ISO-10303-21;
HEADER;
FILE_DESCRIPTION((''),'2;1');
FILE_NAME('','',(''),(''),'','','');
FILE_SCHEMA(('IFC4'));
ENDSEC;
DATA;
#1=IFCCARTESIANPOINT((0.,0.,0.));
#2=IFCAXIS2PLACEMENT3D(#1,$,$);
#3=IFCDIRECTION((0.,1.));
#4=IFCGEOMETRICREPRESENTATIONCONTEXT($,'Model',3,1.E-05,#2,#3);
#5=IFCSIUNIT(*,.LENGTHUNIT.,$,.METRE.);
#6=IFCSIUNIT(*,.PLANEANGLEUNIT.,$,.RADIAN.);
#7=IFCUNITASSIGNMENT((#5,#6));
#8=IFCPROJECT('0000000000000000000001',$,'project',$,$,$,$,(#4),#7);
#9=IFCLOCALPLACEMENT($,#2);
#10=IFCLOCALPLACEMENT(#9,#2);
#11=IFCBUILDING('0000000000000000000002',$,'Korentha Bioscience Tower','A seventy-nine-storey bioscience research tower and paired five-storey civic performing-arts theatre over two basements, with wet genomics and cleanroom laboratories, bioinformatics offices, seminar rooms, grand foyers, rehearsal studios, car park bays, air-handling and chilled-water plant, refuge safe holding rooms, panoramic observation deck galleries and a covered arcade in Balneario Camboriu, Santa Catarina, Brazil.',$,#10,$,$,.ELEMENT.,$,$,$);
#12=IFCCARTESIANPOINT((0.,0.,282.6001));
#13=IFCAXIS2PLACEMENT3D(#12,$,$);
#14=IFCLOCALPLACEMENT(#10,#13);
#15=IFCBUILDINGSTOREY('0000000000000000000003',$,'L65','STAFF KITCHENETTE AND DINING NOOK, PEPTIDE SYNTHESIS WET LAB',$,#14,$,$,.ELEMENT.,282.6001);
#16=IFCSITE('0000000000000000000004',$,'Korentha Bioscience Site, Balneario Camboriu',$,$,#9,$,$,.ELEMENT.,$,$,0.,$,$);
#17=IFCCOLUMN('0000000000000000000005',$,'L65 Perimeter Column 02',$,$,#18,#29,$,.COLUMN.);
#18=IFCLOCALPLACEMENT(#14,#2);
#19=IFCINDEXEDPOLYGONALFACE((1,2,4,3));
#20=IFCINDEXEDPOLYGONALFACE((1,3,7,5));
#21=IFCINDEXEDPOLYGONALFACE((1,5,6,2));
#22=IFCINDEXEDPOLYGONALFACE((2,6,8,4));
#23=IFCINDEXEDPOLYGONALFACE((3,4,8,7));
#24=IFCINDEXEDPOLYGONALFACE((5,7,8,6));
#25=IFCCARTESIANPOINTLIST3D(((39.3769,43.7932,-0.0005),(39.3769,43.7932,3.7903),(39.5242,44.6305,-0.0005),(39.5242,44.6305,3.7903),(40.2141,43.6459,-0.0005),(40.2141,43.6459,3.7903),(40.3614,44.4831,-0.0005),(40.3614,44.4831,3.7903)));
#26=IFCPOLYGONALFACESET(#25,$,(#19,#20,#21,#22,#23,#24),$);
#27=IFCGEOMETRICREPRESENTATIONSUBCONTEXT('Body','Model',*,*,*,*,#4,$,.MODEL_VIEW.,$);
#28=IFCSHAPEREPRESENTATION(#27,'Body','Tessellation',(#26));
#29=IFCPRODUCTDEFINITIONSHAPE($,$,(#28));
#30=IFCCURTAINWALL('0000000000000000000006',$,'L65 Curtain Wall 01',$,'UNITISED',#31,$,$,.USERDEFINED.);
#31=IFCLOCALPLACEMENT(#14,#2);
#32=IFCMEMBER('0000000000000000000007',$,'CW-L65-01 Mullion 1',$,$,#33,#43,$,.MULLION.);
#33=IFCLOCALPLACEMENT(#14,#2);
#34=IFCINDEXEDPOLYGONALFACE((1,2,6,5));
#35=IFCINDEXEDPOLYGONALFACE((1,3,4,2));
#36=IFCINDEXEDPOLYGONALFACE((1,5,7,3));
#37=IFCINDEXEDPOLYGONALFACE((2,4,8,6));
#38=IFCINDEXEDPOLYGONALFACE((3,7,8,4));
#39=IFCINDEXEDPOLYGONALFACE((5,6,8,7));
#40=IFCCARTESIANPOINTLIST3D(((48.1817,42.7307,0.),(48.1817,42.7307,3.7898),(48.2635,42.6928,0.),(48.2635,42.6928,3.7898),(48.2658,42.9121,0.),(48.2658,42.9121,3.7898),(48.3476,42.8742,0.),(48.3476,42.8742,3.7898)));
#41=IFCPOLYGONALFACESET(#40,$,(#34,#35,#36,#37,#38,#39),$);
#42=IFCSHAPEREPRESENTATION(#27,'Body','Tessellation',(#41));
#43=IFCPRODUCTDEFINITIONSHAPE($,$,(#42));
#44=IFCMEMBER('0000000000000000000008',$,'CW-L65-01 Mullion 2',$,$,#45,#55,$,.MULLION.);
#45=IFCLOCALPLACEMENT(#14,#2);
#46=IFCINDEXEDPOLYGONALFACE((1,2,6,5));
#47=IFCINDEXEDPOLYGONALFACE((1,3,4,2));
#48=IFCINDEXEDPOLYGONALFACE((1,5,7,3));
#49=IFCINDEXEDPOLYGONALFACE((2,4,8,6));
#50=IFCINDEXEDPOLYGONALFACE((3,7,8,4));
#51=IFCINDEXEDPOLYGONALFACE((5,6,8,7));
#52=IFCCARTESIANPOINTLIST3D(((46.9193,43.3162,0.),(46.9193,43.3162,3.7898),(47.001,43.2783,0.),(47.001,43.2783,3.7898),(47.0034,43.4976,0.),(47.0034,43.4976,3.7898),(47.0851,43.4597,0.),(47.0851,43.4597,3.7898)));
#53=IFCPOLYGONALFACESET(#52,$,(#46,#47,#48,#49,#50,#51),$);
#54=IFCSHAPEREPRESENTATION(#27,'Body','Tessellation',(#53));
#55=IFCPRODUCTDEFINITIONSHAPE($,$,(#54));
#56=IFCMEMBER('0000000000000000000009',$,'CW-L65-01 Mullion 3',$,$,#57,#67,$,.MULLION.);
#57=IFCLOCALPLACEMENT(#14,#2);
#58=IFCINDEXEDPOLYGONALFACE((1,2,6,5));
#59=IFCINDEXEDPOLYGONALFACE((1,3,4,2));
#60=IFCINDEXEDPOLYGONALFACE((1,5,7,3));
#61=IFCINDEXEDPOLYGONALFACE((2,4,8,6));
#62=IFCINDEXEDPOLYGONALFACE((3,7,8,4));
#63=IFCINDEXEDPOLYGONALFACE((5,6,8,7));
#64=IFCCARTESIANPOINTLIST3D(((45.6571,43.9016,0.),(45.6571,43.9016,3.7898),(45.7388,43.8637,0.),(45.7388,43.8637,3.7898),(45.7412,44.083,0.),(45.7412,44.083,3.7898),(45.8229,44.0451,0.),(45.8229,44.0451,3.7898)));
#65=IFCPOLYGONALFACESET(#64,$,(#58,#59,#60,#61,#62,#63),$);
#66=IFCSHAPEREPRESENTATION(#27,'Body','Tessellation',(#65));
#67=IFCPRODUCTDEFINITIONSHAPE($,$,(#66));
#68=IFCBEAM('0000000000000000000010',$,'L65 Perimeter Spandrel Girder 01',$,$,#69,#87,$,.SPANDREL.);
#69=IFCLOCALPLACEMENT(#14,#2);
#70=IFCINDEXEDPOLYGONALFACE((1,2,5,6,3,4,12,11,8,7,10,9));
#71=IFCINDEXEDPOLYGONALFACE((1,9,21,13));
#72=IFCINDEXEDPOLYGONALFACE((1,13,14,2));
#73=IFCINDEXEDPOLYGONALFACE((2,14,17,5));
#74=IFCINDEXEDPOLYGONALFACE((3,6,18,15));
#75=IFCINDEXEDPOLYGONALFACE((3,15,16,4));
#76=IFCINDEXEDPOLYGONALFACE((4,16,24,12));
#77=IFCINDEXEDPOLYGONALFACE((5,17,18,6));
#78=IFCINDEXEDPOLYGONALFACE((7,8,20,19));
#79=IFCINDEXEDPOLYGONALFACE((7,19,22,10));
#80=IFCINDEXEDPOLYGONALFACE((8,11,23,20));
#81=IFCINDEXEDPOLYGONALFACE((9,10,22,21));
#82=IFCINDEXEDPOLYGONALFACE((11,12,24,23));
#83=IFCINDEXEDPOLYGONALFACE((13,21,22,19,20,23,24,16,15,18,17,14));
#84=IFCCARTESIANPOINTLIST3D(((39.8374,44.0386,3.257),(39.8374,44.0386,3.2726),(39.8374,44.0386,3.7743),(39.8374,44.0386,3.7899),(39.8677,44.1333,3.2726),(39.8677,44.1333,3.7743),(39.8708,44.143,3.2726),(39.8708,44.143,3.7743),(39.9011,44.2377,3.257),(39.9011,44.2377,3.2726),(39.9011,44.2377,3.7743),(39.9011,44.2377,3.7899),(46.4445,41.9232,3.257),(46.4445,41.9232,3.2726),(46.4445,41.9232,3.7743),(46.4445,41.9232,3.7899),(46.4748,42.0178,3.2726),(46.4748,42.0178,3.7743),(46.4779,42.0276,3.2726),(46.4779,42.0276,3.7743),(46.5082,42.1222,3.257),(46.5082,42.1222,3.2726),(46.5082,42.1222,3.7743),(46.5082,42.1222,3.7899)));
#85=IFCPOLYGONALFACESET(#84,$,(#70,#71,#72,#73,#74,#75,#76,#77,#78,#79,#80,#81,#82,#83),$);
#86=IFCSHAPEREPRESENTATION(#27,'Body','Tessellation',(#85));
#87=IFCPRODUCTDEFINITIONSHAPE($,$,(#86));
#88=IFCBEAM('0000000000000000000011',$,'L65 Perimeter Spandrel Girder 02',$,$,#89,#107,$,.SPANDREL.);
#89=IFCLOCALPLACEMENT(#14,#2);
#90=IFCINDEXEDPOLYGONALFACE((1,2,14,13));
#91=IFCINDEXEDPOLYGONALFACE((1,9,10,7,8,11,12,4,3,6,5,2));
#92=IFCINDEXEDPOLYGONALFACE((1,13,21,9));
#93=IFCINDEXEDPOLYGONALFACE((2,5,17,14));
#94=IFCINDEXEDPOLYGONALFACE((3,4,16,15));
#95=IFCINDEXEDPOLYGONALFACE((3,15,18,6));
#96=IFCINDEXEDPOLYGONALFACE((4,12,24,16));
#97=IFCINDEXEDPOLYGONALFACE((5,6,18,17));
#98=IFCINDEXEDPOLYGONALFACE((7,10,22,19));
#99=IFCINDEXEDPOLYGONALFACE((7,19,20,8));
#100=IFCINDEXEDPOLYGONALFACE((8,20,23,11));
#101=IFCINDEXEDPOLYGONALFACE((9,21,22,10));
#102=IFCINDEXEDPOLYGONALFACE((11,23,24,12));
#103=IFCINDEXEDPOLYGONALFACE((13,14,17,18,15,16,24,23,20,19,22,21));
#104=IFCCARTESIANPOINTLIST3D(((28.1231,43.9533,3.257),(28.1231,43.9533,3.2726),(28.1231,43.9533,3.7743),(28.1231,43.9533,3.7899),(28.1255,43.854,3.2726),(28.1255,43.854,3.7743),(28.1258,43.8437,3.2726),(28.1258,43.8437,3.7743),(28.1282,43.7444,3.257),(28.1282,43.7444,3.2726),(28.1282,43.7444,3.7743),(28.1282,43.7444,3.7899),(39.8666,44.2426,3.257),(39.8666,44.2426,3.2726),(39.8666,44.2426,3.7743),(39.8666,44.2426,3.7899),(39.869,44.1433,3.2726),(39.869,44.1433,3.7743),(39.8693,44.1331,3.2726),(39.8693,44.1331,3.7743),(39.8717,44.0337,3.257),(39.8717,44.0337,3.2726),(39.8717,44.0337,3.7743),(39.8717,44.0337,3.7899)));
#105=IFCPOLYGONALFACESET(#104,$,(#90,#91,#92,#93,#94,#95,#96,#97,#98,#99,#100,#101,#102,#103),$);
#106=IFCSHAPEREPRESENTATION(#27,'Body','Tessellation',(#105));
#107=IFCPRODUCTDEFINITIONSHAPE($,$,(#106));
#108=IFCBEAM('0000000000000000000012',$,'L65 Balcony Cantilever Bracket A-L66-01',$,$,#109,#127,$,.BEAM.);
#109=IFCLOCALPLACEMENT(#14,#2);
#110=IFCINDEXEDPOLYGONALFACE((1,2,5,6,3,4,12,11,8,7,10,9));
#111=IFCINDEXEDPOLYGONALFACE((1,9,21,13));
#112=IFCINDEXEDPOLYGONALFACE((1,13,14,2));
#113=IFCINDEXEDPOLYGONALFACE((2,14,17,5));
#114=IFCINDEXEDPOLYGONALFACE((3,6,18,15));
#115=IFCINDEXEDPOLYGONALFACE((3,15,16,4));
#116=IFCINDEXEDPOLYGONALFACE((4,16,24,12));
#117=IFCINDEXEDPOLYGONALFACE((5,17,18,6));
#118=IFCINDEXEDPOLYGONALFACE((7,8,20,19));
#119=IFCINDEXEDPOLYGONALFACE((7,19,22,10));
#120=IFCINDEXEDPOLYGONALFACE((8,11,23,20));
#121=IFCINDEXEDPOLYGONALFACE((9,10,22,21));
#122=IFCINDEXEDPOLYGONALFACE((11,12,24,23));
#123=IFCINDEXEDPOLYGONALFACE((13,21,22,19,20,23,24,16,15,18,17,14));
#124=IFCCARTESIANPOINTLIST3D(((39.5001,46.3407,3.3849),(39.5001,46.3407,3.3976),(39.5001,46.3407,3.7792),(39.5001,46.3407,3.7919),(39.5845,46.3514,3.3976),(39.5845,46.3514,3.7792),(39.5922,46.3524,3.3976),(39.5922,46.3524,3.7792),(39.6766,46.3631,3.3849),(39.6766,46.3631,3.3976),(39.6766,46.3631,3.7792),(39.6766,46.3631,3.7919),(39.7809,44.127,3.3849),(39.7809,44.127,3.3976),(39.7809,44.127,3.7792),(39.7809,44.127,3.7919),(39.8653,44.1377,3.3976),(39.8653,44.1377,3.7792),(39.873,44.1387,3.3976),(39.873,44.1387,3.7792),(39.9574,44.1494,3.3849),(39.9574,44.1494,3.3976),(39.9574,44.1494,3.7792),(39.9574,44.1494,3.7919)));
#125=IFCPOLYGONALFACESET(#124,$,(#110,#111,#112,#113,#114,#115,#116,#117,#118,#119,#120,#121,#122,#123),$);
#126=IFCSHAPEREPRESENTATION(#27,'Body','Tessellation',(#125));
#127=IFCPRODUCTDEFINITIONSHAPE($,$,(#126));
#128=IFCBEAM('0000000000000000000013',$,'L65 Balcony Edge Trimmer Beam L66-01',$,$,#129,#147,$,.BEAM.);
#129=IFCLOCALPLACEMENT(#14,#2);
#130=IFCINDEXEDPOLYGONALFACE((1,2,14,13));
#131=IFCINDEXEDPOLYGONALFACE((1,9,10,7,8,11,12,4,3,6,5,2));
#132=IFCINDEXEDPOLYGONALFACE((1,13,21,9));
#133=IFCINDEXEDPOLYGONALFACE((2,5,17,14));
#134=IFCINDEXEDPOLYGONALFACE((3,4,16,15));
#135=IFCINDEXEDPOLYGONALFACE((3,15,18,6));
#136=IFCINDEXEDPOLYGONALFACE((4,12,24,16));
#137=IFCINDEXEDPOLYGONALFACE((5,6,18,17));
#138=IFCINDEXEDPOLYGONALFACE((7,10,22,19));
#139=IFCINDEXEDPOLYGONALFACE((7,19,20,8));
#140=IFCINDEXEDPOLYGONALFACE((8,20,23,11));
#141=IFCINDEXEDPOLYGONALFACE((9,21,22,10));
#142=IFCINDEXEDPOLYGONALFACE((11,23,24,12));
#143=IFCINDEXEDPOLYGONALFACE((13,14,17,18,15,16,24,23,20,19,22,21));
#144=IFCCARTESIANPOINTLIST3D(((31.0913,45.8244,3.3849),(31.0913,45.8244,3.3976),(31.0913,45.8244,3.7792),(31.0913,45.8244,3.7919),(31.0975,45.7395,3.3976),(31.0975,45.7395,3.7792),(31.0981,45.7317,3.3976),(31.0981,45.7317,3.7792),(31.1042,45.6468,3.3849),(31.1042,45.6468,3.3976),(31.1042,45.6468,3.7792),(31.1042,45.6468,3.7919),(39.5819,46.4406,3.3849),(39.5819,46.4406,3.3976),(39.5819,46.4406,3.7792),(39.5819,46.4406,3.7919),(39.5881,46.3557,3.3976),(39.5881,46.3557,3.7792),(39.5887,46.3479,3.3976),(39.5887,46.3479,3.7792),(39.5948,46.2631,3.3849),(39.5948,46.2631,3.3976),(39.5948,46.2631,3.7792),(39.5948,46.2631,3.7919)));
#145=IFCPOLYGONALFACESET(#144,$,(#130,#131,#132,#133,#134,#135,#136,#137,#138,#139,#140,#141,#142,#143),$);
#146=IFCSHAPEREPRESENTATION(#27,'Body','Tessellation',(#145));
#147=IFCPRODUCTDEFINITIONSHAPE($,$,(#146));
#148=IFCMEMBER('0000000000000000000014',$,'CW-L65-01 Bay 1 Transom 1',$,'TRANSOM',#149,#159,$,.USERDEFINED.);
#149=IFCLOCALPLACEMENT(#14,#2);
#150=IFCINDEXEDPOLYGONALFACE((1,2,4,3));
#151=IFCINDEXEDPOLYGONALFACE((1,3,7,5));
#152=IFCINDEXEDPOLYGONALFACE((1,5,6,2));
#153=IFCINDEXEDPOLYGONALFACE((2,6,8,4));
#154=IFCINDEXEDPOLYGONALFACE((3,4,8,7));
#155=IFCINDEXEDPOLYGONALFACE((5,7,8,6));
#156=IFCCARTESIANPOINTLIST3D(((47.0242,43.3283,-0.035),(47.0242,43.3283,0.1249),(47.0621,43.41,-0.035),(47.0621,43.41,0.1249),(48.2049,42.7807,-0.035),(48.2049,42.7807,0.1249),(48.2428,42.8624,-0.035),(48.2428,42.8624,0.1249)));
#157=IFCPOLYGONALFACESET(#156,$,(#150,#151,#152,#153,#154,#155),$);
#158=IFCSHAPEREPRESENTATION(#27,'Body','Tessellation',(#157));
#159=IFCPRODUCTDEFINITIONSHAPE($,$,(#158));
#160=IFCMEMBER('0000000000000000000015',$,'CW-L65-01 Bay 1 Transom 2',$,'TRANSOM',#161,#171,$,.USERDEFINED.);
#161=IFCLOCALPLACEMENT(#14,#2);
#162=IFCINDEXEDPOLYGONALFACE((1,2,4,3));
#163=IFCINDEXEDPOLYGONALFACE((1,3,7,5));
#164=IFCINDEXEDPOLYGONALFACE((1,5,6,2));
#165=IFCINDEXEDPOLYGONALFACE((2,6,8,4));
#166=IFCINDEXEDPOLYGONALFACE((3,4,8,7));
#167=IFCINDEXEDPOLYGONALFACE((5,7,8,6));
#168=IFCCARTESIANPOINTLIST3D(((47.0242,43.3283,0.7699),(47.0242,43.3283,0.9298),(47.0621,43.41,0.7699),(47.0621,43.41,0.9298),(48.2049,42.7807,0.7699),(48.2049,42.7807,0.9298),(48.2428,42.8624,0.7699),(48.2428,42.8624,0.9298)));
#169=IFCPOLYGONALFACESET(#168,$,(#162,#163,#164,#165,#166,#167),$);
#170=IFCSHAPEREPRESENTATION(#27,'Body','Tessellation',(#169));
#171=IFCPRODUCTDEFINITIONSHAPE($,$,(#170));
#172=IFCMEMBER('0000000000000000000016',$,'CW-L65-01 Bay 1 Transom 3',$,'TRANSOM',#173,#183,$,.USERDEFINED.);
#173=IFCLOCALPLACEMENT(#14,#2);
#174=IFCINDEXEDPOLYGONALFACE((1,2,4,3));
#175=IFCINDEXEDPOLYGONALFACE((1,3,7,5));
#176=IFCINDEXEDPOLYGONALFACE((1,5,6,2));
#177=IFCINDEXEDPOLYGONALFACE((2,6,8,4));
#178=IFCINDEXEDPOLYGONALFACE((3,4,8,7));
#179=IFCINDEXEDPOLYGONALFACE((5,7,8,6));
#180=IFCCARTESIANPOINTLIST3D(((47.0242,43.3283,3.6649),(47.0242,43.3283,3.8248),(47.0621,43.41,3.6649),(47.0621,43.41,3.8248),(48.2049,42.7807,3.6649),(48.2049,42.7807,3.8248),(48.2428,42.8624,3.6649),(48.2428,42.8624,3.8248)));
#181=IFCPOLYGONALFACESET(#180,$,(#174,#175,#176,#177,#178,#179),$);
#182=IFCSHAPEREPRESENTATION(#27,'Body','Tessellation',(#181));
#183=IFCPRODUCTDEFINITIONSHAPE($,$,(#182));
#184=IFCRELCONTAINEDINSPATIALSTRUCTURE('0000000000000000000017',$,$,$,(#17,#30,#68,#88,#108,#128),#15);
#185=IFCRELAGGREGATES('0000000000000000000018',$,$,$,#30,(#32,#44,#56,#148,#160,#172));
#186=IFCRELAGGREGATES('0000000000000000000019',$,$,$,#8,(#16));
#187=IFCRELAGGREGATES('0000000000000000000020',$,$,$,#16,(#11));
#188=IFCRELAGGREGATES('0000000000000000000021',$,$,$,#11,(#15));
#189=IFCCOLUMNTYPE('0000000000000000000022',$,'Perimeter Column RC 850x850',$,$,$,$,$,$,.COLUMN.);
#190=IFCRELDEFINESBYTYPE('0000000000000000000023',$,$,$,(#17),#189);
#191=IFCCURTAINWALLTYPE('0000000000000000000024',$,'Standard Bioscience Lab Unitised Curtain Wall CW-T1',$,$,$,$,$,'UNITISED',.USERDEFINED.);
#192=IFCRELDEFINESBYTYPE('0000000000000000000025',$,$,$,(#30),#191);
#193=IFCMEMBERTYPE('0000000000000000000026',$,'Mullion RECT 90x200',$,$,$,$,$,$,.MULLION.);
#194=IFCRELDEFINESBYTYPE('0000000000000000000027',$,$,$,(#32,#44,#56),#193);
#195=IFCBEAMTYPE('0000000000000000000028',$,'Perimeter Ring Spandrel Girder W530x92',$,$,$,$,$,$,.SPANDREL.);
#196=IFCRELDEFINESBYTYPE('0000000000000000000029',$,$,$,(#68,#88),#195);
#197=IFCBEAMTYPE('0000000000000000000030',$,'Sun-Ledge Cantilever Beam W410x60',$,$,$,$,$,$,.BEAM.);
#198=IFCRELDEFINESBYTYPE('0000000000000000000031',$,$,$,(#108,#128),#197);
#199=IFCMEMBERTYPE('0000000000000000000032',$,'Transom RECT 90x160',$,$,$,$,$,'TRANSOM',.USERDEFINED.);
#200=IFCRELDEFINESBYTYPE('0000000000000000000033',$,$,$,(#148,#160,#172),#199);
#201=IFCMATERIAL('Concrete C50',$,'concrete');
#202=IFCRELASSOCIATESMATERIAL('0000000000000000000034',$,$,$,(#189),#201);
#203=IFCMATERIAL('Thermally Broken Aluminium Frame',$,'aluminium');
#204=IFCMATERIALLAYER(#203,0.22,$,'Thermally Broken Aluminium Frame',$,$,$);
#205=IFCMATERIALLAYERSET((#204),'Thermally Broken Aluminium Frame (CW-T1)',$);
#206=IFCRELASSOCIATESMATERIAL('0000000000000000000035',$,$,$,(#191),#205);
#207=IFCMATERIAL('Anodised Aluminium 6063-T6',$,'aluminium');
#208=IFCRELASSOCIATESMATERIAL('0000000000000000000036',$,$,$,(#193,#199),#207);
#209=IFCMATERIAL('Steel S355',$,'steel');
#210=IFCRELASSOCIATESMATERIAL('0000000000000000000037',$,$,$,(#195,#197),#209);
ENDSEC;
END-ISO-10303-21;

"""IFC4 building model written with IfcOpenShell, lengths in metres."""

from ifc_helpers import new_model, si_unit, direction, frame, origin, origin_2d, place, context, subcontext, project, spatial, rectangle, i_section, extrude, material, layer, layer_set, material_profile, profile_set, type_object, element, aggregate, save


model = new_model("IFC4")

# Units and contexts
model_context = context("Model", 3, precision=1e-05, world=origin(), true_north=direction((0.0, 1.0)))
body_context = subcontext(model_context, "Body", "Model", "MODEL_VIEW")
ifc_project = project(units=[si_unit("LENGTHUNIT", "METRE"), si_unit("PLANEANGLEUNIT", "RADIAN")], contexts=[model_context])

# Site, building, storey
site_placement = place(None, origin())
site = spatial("IfcSite", under=ifc_project, at=site_placement, Name="Korentha Bioscience Site, Balneario Camboriu", CompositionType="ELEMENT", RefElevation=0.0)
building_placement = place(site_placement, origin())
building = spatial("IfcBuilding", under=site, at=building_placement, Name="Korentha Bioscience Tower", Description="A seventy-nine-storey bioscience research tower and paired five-storey civic performing-arts theatre over two basements, with wet genomics and cleanroom laboratories, bioinformatics offices, seminar rooms, grand foyers, rehearsal studios, car park bays, air-handling and chilled-water plant, refuge safe holding rooms, panoramic observation deck galleries and a covered arcade in Balneario Camboriu, Santa Catarina, Brazil.", CompositionType="ELEMENT")
storey_placement = place(building_placement, frame((0.0, 0.0, 282.6001)))
storey = spatial("IfcBuildingStorey", under=building, at=storey_placement, Name="L65", Description="STAFF KITCHENETTE AND DINING NOOK, PEPTIDE SYNTHESIS WET LAB", CompositionType="ELEMENT", Elevation=282.6001)

# Column
ifc_material_1 = material(Name="Concrete C50", Category="concrete")
ifc_material_profile_1 = material_profile(ifc_material_1, rectangle(XDim=0.8501, YDim=0.8501, at=origin_2d()), Name="Concrete C50")
ifc_profile_set_1 = profile_set([ifc_material_profile_1], Name="Concrete C50 (COL-P08)")
column_type = type_object("IfcColumnType", Name="Perimeter Column RC 850x850", PredefinedType="COLUMN", material=ifc_profile_set_1)
column_placement = place(storey_placement, frame((39.8691, 44.1382, -0.0005), z_axis=(0.0, 0.0, 1.0), x_axis=(-0.984868, 0.173304, 0.0)))
element("IfcColumn", 1, at=column_placement, inside=storey, type_object=column_type, Name="L65 Perimeter Column 02", PredefinedType="COLUMN", context=body_context, shape_type="SweptSolid", body=[
    extrude(rectangle(XDim=0.8501, YDim=0.8501, at=origin_2d()), origin(), (0.0, 0.0, 1.0), 3.7908),
])

# Curtain wall, members
ifc_material_2 = material(Name="Thermally Broken Aluminium Frame", Category="aluminium")
ifc_layer_1 = layer(ifc_material_2, 0.22, Name="Thermally Broken Aluminium Frame")
ifc_layer_set_1 = layer_set([ifc_layer_1], Name="Thermally Broken Aluminium Frame (CW-T1)")
curtain_wall_type = type_object("IfcCurtainWallType", Name="Standard Bioscience Lab Unitised Curtain Wall CW-T1", ElementType="UNITISED", PredefinedType="USERDEFINED", material=ifc_layer_set_1)
curtain_wall_placement = place(storey_placement, origin())
curtain_wall = element("IfcCurtainWall", 2, at=curtain_wall_placement, inside=storey, type_object=curtain_wall_type, Name="L65 Curtain Wall 01", ObjectType="UNITISED", PredefinedType="USERDEFINED")
ifc_material_3 = material(Name="Anodised Aluminium 6063-T6", Category="aluminium")
ifc_material_profile_2 = material_profile(ifc_material_3, rectangle(XDim=0.0901, YDim=0.2, at=origin_2d()), Name="Anodised Aluminium 6063-T6")
ifc_profile_set_2 = profile_set([ifc_material_profile_2], Name="Anodised Aluminium 6063-T6 (CW-MUL)")
member_type_1 = type_object("IfcMemberType", Name="Mullion RECT 90x200", PredefinedType="MULLION", material=ifc_profile_set_2)
member_1_placement = place(storey_placement, frame((48.2646, 42.8025, 0.0), z_axis=(0.0, 0.0, 1.0), x_axis=(-0.907204, 0.420691, 0.0)))
member_1 = element("IfcMember", 3, at=member_1_placement, type_object=member_type_1, Name="CW-L65-01 Mullion 1", PredefinedType="MULLION", context=body_context, shape_type="SweptSolid", body=[
    extrude(rectangle(XDim=0.0901, YDim=0.2, at=origin_2d()), origin(), (0.0, 0.0, 1.0), 3.7898),
])
member_2_placement = place(storey_placement, frame((47.0022, 43.3879, 0.0), z_axis=(0.0, 0.0, 1.0), x_axis=(-0.907204, 0.420691, 0.0)))
member_2 = element("IfcMember", 4, at=member_2_placement, type_object=member_type_1, Name="CW-L65-01 Mullion 2", PredefinedType="MULLION", context=body_context, shape_type="SweptSolid", body=[
    extrude(rectangle(XDim=0.0901, YDim=0.2, at=origin_2d()), origin(), (0.0, 0.0, 1.0), 3.7898),
])
member_3_placement = place(storey_placement, frame((45.74, 43.9734, 0.0), z_axis=(0.0, 0.0, 1.0), x_axis=(-0.907204, 0.420691, 0.0)))
member_3 = element("IfcMember", 5, at=member_3_placement, type_object=member_type_1, Name="CW-L65-01 Mullion 3", PredefinedType="MULLION", context=body_context, shape_type="SweptSolid", body=[
    extrude(rectangle(XDim=0.0901, YDim=0.2, at=origin_2d()), origin(), (0.0, 0.0, 1.0), 3.7898),
])

# Beams
ifc_material_4 = material(Name="Steel S355", Category="steel")
ifc_material_profile_3 = material_profile(ifc_material_4, i_section(OverallWidth=0.209, OverallDepth=0.533, WebThickness=0.0103, FlangeThickness=0.0156, at=origin_2d()), Name="Steel S355")
ifc_profile_set_3 = profile_set([ifc_material_profile_3], Name="Steel S355 (SB-530)")
beam_type_1 = type_object("IfcBeamType", Name="Perimeter Ring Spandrel Girder W530x92", PredefinedType="SPANDREL", material=ifc_profile_set_3)
beam_1_placement = place(storey_placement, frame((46.4763, 42.0227, 3.5234), z_axis=(-0.952375, 0.30493, 0.0), x_axis=(-0.30493, -0.952375, 0.0)))
element("IfcBeam", 6, at=beam_1_placement, inside=storey, type_object=beam_type_1, Name="L65 Perimeter Spandrel Girder 01", PredefinedType="SPANDREL", context=body_context, shape_type="SweptSolid", body=[
    extrude(i_section(OverallWidth=0.209, OverallDepth=0.533, WebThickness=0.0103, FlangeThickness=0.0156, at=origin_2d()), origin(), (0.0, 0.0, 1.0), 6.9375),
])
beam_2_placement = place(storey_placement, frame((39.8691, 44.1382, 3.5234), z_axis=(-0.999697, -0.024628, 0.0), x_axis=(0.024628, -0.999697, 0.0)))
element("IfcBeam", 7, at=beam_2_placement, inside=storey, type_object=beam_type_1, Name="L65 Perimeter Spandrel Girder 02", PredefinedType="SPANDREL", context=body_context, shape_type="SweptSolid", body=[
    extrude(i_section(OverallWidth=0.209, OverallDepth=0.533, WebThickness=0.0103, FlangeThickness=0.0156, at=origin_2d()), origin(), (0.0, 0.0, 1.0), 11.7471),
])
ifc_material_profile_4 = material_profile(ifc_material_4, i_section(OverallWidth=0.178, OverallDepth=0.407, WebThickness=0.0078, FlangeThickness=0.0127, at=origin_2d()), Name="Steel S355")
ifc_profile_set_4 = profile_set([ifc_material_profile_4], Name="Steel S355 (CB-410)")
beam_type_2 = type_object("IfcBeamType", Name="Sun-Ledge Cantilever Beam W410x60", PredefinedType="BEAM", material=ifc_profile_set_4)
beam_3_placement = place(storey_placement, frame((39.8691, 44.1382, 3.5884), z_axis=(-0.125826, 0.992052, 0.0), x_axis=(-0.992052, -0.125826, 0.0)))
element("IfcBeam", 8, at=beam_3_placement, inside=storey, type_object=beam_type_2, Name="L65 Balcony Cantilever Bracket A-L66-01", PredefinedType="BEAM", context=body_context, shape_type="SweptSolid", body=[
    extrude(i_section(OverallWidth=0.178, OverallDepth=0.407, WebThickness=0.0078, FlangeThickness=0.0127, at=origin_2d()), origin(), (0.0, 0.0, 1.0), 2.2314),
])
beam_4_placement = place(storey_placement, frame((39.5884, 46.3518, 3.5884), z_axis=(-0.997377, -0.072384, 0.0), x_axis=(0.072384, -0.997377, 0.0)))
element("IfcBeam", 9, at=beam_4_placement, inside=storey, type_object=beam_type_2, Name="L65 Balcony Edge Trimmer Beam L66-01", PredefinedType="BEAM", context=body_context, shape_type="SweptSolid", body=[
    extrude(i_section(OverallWidth=0.178, OverallDepth=0.407, WebThickness=0.0078, FlangeThickness=0.0127, at=origin_2d()), origin(), (0.0, 0.0, 1.0), 8.5129),
])

# Members
ifc_material_profile_5 = material_profile(ifc_material_3, rectangle(XDim=0.0901, YDim=0.1599, at=origin_2d()), Name="Anodised Aluminium 6063-T6")
ifc_profile_set_5 = profile_set([ifc_material_profile_5], Name="Anodised Aluminium 6063-T6 (CW-TRN)")
member_type_2 = type_object("IfcMemberType", Name="Transom RECT 90x160", ElementType="TRANSOM", PredefinedType="USERDEFINED", material=ifc_profile_set_5)
member_4_placement = place(storey_placement, frame((48.2239, 42.8215, 0.0449), z_axis=(-0.907173, 0.420759, 0.0), x_axis=(-0.420759, -0.907173, 0.0)))
member_4 = element("IfcMember", 10, at=member_4_placement, type_object=member_type_2, Name="CW-L65-01 Bay 1 Transom 1", ObjectType="TRANSOM", PredefinedType="USERDEFINED", context=body_context, shape_type="SweptSolid", body=[
    extrude(rectangle(XDim=0.0901, YDim=0.1599, at=origin_2d()), origin(), (0.0, 0.0, 1.0), 1.3015),
])
member_5_placement = place(storey_placement, frame((48.2239, 42.8215, 0.8499), z_axis=(-0.907173, 0.420759, 0.0), x_axis=(-0.420759, -0.907173, 0.0)))
member_5 = element("IfcMember", 11, at=member_5_placement, type_object=member_type_2, Name="CW-L65-01 Bay 1 Transom 2", ObjectType="TRANSOM", PredefinedType="USERDEFINED", context=body_context, shape_type="SweptSolid", body=[
    extrude(rectangle(XDim=0.0901, YDim=0.1599, at=origin_2d()), origin(), (0.0, 0.0, 1.0), 1.3015),
])
member_6_placement = place(storey_placement, frame((48.2239, 42.8215, 3.7449), z_axis=(-0.907173, 0.420759, 0.0), x_axis=(-0.420759, -0.907173, 0.0)))
member_6 = element("IfcMember", 12, at=member_6_placement, type_object=member_type_2, Name="CW-L65-01 Bay 1 Transom 3", ObjectType="TRANSOM", PredefinedType="USERDEFINED", context=body_context, shape_type="SweptSolid", body=[
    extrude(rectangle(XDim=0.0901, YDim=0.1599, at=origin_2d()), origin(), (0.0, 0.0, 1.0), 1.3015),
])

aggregate(curtain_wall, [member_1, member_2, member_3, member_4, member_5, member_6])

save(model, "model.ifc")
